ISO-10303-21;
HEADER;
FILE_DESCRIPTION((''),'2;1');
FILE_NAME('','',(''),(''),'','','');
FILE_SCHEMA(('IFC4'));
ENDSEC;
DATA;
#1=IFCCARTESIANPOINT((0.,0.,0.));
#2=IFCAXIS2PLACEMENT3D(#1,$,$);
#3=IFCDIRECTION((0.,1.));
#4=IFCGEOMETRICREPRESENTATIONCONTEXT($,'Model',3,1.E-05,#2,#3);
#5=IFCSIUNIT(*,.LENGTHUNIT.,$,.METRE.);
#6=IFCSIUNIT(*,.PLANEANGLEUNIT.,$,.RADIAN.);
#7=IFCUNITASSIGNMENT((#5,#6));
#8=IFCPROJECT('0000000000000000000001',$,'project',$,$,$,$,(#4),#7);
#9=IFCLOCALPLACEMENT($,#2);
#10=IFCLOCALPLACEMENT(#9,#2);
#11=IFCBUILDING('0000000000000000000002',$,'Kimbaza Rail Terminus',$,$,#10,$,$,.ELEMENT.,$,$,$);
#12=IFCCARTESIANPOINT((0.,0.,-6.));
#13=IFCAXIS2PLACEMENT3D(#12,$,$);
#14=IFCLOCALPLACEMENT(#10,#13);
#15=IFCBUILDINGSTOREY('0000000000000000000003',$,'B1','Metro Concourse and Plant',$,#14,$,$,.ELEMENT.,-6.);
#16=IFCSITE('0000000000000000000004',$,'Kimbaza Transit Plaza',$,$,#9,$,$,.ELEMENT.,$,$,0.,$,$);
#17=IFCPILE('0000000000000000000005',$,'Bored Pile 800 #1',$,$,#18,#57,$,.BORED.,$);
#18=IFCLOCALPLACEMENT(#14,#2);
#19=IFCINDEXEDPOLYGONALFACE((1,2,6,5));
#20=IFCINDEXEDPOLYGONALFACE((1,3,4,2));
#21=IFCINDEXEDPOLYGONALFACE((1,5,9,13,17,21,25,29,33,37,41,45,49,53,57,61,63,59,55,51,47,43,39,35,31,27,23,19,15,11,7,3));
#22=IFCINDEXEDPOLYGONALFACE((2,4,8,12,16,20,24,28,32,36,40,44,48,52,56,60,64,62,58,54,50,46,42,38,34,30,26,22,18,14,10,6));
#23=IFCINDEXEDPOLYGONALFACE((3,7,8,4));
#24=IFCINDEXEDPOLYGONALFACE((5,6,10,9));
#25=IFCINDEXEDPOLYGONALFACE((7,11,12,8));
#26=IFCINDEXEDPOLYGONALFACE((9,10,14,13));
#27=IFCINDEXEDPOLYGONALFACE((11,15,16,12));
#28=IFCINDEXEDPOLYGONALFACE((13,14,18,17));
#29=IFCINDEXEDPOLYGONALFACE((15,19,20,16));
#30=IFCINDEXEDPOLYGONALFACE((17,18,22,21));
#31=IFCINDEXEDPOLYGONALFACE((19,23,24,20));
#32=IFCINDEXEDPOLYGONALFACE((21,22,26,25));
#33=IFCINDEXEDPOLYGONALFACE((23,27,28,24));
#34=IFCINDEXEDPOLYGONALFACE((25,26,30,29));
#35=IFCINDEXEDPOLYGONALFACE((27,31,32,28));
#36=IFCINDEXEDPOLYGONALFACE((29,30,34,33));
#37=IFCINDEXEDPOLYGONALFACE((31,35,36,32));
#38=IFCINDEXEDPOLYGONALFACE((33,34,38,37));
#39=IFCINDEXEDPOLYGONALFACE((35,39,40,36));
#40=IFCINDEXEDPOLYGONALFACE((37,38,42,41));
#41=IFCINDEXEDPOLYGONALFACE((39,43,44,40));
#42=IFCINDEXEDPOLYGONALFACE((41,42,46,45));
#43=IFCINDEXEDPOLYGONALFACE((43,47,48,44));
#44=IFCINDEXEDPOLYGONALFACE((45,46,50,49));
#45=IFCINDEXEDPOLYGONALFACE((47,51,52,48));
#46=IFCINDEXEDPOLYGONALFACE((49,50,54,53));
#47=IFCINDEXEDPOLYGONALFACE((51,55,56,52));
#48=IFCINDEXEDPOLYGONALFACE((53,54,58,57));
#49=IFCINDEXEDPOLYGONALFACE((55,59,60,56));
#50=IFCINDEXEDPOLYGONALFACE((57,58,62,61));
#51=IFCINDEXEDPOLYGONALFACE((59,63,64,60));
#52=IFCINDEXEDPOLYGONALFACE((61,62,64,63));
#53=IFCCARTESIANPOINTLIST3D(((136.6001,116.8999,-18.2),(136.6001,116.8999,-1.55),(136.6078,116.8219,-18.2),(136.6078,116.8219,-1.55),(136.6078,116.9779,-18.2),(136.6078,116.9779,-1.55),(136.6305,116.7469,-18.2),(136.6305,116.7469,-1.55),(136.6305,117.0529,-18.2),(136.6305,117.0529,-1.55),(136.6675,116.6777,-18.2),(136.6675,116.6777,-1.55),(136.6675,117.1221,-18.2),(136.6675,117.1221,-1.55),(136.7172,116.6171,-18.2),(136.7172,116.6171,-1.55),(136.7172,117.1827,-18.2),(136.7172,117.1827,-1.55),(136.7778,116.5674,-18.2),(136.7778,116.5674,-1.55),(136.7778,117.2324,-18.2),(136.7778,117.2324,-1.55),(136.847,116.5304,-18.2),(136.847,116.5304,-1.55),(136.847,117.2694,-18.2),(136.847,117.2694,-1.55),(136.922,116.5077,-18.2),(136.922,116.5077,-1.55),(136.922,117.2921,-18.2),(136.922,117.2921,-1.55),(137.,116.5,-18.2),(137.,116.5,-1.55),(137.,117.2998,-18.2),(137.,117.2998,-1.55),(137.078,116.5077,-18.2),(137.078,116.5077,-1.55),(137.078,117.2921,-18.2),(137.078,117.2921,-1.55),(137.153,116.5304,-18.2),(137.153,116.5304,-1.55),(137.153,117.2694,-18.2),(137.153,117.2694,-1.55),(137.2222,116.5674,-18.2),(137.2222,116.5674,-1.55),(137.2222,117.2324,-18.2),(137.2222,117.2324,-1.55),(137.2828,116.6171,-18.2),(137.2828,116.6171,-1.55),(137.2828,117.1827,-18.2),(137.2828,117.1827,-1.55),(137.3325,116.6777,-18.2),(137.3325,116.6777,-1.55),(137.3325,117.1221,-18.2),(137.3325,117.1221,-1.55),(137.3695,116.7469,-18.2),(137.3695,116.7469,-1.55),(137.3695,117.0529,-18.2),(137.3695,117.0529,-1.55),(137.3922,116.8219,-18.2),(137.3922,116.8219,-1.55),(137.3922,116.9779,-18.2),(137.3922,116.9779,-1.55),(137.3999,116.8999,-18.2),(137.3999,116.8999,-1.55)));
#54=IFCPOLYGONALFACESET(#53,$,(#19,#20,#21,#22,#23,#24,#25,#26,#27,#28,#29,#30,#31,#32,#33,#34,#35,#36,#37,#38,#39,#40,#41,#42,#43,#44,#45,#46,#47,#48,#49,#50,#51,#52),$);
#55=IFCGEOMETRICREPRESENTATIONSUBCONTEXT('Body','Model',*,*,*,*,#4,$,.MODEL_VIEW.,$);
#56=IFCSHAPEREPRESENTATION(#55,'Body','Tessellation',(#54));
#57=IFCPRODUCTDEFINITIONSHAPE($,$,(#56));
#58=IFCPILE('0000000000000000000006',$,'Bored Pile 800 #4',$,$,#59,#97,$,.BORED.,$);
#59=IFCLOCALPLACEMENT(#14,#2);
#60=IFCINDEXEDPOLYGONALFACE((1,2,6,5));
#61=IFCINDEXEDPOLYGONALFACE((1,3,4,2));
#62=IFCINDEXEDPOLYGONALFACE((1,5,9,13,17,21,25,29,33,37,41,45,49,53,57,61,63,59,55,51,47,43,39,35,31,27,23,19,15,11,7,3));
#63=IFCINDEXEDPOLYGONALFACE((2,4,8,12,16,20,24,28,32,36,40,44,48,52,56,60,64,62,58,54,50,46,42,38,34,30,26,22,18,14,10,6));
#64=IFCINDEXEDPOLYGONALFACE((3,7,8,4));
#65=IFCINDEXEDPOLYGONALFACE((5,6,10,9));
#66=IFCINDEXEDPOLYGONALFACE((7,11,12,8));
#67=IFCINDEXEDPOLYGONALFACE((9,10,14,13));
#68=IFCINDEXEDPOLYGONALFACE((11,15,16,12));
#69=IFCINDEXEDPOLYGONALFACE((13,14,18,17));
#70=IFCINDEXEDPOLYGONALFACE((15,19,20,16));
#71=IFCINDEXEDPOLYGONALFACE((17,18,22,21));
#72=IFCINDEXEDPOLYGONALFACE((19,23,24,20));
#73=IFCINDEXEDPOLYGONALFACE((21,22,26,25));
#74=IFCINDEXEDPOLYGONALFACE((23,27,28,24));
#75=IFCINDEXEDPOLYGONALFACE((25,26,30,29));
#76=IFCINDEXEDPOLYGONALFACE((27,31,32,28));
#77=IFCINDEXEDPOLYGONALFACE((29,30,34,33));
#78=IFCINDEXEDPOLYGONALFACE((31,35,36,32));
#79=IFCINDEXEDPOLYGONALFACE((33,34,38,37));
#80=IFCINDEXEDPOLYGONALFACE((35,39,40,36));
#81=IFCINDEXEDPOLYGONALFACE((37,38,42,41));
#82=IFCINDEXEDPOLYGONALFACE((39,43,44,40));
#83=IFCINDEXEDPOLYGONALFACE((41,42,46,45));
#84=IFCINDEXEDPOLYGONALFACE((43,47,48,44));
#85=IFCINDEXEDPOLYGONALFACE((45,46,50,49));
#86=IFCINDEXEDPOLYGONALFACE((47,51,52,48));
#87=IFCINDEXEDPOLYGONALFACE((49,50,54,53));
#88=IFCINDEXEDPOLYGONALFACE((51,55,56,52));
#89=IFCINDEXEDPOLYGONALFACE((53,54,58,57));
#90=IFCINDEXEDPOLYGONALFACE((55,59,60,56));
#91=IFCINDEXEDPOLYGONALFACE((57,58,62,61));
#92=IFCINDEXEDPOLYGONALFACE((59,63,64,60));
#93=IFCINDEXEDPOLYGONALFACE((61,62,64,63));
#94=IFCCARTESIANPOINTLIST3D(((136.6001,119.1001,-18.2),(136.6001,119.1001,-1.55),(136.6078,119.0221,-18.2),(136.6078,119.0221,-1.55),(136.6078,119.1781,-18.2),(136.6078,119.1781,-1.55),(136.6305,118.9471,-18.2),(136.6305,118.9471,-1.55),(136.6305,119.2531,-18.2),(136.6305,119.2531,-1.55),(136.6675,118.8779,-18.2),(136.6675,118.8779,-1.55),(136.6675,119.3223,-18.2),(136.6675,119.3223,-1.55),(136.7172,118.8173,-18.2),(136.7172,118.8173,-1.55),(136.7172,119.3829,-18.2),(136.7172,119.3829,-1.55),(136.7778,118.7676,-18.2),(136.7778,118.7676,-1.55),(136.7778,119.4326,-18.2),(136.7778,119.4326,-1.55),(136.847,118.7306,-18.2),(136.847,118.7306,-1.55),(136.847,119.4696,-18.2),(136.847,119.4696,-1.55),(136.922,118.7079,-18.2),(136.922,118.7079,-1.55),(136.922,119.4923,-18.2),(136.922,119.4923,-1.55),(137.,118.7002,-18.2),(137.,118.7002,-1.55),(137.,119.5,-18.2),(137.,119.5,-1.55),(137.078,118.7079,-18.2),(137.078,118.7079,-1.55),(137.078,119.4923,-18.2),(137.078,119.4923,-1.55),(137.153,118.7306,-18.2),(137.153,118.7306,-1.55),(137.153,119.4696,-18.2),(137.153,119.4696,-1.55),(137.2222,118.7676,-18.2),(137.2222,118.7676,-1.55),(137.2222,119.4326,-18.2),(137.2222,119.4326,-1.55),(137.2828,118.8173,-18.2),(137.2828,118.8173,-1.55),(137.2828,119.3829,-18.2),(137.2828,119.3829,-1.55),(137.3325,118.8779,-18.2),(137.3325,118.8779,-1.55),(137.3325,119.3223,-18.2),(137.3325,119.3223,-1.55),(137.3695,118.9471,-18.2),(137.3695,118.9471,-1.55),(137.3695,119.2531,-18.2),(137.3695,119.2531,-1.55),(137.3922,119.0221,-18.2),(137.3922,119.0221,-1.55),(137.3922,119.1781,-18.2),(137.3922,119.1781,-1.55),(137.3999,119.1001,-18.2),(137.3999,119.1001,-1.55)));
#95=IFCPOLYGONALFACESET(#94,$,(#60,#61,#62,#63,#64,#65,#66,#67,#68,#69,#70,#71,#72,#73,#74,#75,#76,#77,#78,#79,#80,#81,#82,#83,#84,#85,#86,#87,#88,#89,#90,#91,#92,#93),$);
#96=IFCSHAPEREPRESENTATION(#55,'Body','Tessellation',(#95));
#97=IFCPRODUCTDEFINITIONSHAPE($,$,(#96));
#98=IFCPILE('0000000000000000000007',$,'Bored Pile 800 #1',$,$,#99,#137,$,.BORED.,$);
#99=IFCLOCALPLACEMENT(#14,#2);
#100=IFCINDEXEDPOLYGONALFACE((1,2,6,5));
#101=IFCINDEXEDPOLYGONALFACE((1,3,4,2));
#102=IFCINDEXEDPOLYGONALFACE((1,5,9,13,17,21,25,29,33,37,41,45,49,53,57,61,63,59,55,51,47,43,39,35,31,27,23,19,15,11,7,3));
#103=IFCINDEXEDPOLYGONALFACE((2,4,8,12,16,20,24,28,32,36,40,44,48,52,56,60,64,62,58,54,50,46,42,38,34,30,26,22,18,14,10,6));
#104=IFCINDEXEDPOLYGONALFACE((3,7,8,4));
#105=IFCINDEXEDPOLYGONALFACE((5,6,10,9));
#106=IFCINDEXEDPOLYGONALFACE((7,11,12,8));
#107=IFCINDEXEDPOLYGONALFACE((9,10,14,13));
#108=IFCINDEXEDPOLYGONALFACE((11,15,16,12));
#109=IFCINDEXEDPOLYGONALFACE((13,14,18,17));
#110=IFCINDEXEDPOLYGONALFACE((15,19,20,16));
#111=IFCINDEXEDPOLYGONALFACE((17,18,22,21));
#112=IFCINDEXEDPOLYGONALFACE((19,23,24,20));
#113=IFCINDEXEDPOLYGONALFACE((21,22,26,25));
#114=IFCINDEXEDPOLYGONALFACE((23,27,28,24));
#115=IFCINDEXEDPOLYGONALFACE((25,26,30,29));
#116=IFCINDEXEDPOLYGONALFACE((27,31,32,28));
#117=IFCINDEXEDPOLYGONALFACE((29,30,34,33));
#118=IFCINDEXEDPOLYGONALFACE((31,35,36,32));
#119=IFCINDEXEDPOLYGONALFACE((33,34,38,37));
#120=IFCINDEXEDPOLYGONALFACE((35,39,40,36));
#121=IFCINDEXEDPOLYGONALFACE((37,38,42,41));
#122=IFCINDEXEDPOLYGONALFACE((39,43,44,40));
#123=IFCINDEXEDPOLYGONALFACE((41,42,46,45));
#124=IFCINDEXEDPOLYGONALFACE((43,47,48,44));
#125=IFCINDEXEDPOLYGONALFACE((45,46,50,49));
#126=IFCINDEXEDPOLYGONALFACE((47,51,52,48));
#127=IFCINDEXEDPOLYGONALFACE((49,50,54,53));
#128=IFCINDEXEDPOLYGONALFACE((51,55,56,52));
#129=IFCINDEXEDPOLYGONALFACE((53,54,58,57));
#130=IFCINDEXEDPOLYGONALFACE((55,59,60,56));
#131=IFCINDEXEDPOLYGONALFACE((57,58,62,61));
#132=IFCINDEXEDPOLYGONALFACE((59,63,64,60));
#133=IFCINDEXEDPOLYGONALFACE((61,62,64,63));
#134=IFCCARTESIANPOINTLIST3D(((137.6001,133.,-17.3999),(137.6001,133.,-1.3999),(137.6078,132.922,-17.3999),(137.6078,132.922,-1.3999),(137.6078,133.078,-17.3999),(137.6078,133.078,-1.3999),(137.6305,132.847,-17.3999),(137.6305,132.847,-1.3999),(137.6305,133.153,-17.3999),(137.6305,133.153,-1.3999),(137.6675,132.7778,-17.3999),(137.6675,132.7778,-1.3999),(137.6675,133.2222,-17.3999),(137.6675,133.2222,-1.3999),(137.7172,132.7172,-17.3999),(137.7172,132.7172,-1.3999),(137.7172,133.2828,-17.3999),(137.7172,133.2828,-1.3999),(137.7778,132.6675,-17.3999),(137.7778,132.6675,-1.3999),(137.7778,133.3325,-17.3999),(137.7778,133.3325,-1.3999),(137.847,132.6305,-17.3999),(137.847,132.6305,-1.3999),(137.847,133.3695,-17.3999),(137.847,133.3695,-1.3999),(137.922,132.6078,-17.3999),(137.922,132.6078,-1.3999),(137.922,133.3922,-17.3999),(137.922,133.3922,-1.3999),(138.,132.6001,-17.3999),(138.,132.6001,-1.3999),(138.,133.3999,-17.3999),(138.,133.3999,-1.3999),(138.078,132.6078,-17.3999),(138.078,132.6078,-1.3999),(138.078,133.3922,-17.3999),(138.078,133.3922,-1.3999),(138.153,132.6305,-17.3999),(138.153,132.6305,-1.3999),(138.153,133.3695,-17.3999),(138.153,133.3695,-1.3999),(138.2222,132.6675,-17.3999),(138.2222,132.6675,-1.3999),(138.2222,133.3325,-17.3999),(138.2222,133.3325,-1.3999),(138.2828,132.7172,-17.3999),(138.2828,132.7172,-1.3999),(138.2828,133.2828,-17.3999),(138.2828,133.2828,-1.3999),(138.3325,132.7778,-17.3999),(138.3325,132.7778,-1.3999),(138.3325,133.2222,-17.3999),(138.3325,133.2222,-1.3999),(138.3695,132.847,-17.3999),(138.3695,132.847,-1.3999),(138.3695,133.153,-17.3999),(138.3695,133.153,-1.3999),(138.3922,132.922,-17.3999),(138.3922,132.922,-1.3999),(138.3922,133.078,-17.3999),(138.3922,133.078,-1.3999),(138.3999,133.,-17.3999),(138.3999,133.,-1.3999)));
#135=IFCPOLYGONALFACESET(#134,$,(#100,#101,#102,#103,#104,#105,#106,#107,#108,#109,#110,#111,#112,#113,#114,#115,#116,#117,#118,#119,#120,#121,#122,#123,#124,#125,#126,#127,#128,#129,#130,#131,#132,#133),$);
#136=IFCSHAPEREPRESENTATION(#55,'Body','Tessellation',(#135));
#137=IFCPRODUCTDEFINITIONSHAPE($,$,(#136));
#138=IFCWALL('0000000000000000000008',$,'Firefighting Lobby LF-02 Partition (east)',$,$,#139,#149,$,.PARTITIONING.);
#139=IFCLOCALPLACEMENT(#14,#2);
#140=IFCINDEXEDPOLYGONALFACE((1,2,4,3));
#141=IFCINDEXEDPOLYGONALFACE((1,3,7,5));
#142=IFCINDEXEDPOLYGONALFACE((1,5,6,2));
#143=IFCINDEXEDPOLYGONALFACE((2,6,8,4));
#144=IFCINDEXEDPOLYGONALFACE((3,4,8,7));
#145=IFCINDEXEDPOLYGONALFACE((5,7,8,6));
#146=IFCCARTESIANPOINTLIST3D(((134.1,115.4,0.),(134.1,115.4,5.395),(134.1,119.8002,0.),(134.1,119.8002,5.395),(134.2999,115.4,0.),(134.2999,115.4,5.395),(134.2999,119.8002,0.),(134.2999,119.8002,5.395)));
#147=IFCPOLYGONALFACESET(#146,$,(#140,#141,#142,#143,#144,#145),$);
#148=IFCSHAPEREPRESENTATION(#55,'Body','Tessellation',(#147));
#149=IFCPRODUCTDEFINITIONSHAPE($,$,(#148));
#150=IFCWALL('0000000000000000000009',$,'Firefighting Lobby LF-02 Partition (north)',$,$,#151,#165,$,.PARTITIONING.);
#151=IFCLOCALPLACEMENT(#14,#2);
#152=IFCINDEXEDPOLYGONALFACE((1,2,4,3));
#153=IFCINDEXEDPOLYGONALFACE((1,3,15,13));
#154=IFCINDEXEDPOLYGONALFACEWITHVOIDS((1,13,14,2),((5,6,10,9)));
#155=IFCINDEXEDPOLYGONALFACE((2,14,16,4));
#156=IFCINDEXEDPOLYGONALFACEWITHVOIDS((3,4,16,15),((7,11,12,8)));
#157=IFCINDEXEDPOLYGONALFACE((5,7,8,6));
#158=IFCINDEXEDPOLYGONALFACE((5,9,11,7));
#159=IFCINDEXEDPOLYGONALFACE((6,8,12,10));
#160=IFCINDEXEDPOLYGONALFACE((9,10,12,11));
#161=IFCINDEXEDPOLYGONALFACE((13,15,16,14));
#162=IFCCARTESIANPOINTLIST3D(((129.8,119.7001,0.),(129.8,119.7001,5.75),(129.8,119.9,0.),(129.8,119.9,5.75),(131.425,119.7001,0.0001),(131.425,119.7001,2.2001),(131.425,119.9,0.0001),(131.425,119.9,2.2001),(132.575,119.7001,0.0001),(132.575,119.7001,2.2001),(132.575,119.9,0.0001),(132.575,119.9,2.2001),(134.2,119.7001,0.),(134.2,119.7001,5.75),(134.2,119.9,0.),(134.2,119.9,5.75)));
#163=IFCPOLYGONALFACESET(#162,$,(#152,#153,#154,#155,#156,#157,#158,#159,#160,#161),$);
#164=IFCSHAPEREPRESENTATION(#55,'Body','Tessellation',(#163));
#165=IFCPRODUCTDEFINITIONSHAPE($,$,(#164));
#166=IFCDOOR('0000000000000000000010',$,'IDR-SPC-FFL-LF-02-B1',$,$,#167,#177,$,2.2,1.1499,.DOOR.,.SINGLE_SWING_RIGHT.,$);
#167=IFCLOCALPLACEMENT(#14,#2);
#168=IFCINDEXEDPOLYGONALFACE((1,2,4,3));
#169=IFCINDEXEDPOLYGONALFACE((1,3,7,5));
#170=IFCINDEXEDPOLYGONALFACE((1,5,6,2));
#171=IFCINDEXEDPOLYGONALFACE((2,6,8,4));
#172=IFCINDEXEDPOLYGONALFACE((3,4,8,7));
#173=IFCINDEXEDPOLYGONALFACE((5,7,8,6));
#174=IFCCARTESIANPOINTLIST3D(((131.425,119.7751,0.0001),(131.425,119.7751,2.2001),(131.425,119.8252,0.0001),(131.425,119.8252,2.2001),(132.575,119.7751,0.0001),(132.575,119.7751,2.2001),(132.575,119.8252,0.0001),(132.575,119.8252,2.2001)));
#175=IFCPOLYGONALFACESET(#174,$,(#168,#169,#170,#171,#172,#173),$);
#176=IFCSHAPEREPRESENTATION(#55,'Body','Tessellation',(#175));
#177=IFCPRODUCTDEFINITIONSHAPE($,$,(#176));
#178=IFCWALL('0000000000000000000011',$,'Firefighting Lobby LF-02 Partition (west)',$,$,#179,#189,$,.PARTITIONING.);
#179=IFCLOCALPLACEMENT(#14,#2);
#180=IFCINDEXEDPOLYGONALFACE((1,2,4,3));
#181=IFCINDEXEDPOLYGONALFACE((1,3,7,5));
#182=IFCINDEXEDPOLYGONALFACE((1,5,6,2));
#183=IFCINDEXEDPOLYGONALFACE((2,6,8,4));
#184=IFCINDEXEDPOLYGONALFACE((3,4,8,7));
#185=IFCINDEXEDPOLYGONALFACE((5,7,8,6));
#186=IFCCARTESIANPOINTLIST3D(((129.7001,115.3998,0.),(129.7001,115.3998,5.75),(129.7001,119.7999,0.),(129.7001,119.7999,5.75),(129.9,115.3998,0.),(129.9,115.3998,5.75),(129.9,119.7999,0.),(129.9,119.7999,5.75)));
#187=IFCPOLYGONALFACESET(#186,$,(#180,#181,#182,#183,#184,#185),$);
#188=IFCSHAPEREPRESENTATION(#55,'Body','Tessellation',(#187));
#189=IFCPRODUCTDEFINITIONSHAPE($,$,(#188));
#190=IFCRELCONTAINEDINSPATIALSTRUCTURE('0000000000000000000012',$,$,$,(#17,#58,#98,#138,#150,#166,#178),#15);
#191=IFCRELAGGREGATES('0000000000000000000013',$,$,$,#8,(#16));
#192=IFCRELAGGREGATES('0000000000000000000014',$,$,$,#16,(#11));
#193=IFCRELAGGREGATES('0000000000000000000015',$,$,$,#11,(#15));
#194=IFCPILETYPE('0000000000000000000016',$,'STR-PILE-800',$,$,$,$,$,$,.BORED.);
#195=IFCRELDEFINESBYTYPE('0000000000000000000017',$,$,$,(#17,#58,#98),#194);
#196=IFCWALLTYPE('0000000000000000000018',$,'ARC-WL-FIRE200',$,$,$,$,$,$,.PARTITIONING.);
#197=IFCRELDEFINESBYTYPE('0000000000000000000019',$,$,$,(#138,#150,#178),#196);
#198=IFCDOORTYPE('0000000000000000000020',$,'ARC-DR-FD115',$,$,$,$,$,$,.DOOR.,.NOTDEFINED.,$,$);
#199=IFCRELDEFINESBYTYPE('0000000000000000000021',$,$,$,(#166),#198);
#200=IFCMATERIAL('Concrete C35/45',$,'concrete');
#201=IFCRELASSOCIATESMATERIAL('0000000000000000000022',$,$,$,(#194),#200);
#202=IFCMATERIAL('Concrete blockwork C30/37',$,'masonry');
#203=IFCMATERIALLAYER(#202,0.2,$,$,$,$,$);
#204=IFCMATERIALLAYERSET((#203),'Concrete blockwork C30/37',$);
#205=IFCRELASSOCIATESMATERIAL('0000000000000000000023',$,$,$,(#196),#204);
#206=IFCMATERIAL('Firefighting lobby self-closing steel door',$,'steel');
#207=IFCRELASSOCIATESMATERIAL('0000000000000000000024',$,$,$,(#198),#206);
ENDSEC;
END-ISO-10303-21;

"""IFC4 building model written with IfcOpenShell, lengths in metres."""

from ifc_helpers import new_model, si_unit, direction, frame, frame_2d, origin, origin_2d, place, context, subcontext, project, spatial, rectangle, circle, extrude, material, layer, layer_set, material_profile, profile_set, type_object, element, fill, save


model = new_model("IFC4")

# Units and contexts
model_context = context("Model", 3, precision=1e-05, world=origin(), true_north=direction((0.0, 1.0)))
body_context = subcontext(model_context, "Body", "Model", "MODEL_VIEW")
ifc_project = project(units=[si_unit("LENGTHUNIT", "METRE"), si_unit("PLANEANGLEUNIT", "RADIAN")], contexts=[model_context])

# Site, building, storey
site_placement = place(None, origin())
site = spatial("IfcSite", under=ifc_project, at=site_placement, Name="Kimbaza Transit Plaza", CompositionType="ELEMENT", RefElevation=0.0)
building_placement = place(site_placement, origin())
building = spatial("IfcBuilding", under=site, at=building_placement, Name="Kimbaza Rail Terminus", CompositionType="ELEMENT")
storey_placement = place(building_placement, frame((0.0, 0.0, -6.0)))
storey = spatial("IfcBuildingStorey", under=building, at=storey_placement, Name="B1", Description="Metro Concourse and Plant", CompositionType="ELEMENT", Elevation=-6.0)

# Piles
ifc_material_1 = material(Name="Concrete C35/45", Category="concrete")
ifc_material_profile_1 = material_profile(ifc_material_1, circle(Radius=0.3999, at=origin_2d()), Name="BORED PILE 800")
ifc_profile_set_1 = profile_set([ifc_material_profile_1], Name="Concrete C35/45")
pile_type_1 = type_object("IfcPileType", Name="STR-PILE-800", PredefinedType="BORED", material=ifc_profile_set_1)
for number, where, z_axis, x_axis, name in (
    (1, (137.0, 116.8999, -1.55), (0.0, 0.0, -1.0), (1.0, 0.0, 0.0), "Bored Pile 800 #1"),
    (2, (137.0, 119.1001, -1.55), (0.0, 0.0, -1.0), (1.0, 0.0, 0.0), "Bored Pile 800 #4"),
):
    element("IfcPile", number, at=place(storey_placement, frame(where, z_axis=z_axis, x_axis=x_axis)), inside=storey, type_object=pile_type_1, Name=name, PredefinedType="BORED", context=body_context, shape_type="SweptSolid", body=[
        extrude(circle(Radius=0.3999, at=origin_2d()), origin(), (0.0, 0.0, 1.0), 16.6499),
    ])
pile_placement = place(storey_placement, frame((138.0, 133.0, -1.3999), z_axis=(0.0, 0.0, -1.0), x_axis=(1.0, 0.0, 0.0)))
element("IfcPile", 3, at=pile_placement, inside=storey, type_object=pile_type_1, Name="Bored Pile 800 #1", PredefinedType="BORED", context=body_context, shape_type="SweptSolid", body=[
    extrude(circle(Radius=0.3999, at=origin_2d()), origin(), (0.0, 0.0, 1.0), 16.0),
])

# Wall
ifc_material_2 = material(Name="Concrete blockwork C30/37", Category="masonry")
ifc_layer_1 = layer(ifc_material_2, 0.2)
ifc_layer_set_1 = layer_set([ifc_layer_1], Name="Concrete blockwork C30/37")
wall_type_1 = type_object("IfcWallType", Name="ARC-WL-FIRE200", PredefinedType="PARTITIONING", material=ifc_layer_set_1)
wall_1_placement = place(storey_placement, frame((134.2, 115.3999, 0.0), z_axis=(0.0, 0.0, 1.0), x_axis=(0.0, 1.0, 0.0)))
element("IfcWall", 4, at=wall_1_placement, inside=storey, type_object=wall_type_1, Name="Firefighting Lobby LF-02 Partition (east)", PredefinedType="PARTITIONING", context=body_context, shape_type="SweptSolid", body=[
    extrude(rectangle(XDim=4.4001, YDim=0.2, at=frame_2d((2.2002, 0.0))), origin(), (0.0, 0.0, 1.0), 5.395),
])

# Wall, opening, door
wall_2_placement = place(storey_placement, frame((134.2, 119.8, 0.0), z_axis=(0.0, 0.0, 1.0), x_axis=(-1.0, 0.0, 0.0)))
wall_2 = element("IfcWall", 5, at=wall_2_placement, inside=storey, type_object=wall_type_1, Name="Firefighting Lobby LF-02 Partition (north)", PredefinedType="PARTITIONING", context=body_context, shape_type="SweptSolid", body=[
    extrude(rectangle(XDim=4.3999, YDim=0.2, at=frame_2d((2.2, 0.0))), origin(), (0.0, 0.0, 1.0), 5.75),
])
opening_1_placement = place(wall_2_placement, frame((1.625, 0.0, 0.0)))
opening_1 = element("IfcOpeningElement", 6, at=opening_1_placement, cuts=wall_2, PredefinedType="OPENING", context=body_context, shape_type="SweptSolid", body=[
    extrude(rectangle(XDim=1.1499, YDim=2.2, at=frame_2d((0.575, 1.1001))), frame((0.0, 0.1099, 0.0), z_axis=(0.0, -1.0, 0.0), x_axis=(1.0, 0.0, 0.0)), (0.0, 0.0, 1.0), 0.22),
])
ifc_material_3 = material(Name="Firefighting lobby self-closing steel door", Category="steel")
door_type_1 = type_object("IfcDoorType", Name="ARC-DR-FD115", OperationType="NOTDEFINED", PredefinedType="DOOR", material=ifc_material_3)
door_1_placement = place(opening_1_placement, origin())
door_1 = element("IfcDoor", 7, at=door_1_placement, inside=storey, type_object=door_type_1, Name="IDR-SPC-FFL-LF-02-B1", OperationType="SINGLE_SWING_RIGHT", OverallHeight=2.2, OverallWidth=1.1499, PredefinedType="DOOR", context=body_context, shape_type="SweptSolid", body=[
    extrude(rectangle(XDim=1.1499, YDim=2.2, at=frame_2d((0.575, 1.1001))), frame((0.0, 0.0249, 0.0), z_axis=(0.0, -1.0, 0.0), x_axis=(1.0, 0.0, 0.0)), (0.0, 0.0, 1.0), 0.05),
])
fill(opening_1, door_1)

# Wall
wall_3_placement = place(storey_placement, frame((129.8, 119.8, 0.0), z_axis=(0.0, 0.0, 1.0), x_axis=(0.0, -1.0, 0.0)))
element("IfcWall", 8, at=wall_3_placement, inside=storey, type_object=wall_type_1, Name="Firefighting Lobby LF-02 Partition (west)", PredefinedType="PARTITIONING", context=body_context, shape_type="SweptSolid", body=[
    extrude(rectangle(XDim=4.4001, YDim=0.2, at=frame_2d((2.2002, 0.0))), origin(), (0.0, 0.0, 1.0), 5.75),
])

save(model, "model.ifc")
